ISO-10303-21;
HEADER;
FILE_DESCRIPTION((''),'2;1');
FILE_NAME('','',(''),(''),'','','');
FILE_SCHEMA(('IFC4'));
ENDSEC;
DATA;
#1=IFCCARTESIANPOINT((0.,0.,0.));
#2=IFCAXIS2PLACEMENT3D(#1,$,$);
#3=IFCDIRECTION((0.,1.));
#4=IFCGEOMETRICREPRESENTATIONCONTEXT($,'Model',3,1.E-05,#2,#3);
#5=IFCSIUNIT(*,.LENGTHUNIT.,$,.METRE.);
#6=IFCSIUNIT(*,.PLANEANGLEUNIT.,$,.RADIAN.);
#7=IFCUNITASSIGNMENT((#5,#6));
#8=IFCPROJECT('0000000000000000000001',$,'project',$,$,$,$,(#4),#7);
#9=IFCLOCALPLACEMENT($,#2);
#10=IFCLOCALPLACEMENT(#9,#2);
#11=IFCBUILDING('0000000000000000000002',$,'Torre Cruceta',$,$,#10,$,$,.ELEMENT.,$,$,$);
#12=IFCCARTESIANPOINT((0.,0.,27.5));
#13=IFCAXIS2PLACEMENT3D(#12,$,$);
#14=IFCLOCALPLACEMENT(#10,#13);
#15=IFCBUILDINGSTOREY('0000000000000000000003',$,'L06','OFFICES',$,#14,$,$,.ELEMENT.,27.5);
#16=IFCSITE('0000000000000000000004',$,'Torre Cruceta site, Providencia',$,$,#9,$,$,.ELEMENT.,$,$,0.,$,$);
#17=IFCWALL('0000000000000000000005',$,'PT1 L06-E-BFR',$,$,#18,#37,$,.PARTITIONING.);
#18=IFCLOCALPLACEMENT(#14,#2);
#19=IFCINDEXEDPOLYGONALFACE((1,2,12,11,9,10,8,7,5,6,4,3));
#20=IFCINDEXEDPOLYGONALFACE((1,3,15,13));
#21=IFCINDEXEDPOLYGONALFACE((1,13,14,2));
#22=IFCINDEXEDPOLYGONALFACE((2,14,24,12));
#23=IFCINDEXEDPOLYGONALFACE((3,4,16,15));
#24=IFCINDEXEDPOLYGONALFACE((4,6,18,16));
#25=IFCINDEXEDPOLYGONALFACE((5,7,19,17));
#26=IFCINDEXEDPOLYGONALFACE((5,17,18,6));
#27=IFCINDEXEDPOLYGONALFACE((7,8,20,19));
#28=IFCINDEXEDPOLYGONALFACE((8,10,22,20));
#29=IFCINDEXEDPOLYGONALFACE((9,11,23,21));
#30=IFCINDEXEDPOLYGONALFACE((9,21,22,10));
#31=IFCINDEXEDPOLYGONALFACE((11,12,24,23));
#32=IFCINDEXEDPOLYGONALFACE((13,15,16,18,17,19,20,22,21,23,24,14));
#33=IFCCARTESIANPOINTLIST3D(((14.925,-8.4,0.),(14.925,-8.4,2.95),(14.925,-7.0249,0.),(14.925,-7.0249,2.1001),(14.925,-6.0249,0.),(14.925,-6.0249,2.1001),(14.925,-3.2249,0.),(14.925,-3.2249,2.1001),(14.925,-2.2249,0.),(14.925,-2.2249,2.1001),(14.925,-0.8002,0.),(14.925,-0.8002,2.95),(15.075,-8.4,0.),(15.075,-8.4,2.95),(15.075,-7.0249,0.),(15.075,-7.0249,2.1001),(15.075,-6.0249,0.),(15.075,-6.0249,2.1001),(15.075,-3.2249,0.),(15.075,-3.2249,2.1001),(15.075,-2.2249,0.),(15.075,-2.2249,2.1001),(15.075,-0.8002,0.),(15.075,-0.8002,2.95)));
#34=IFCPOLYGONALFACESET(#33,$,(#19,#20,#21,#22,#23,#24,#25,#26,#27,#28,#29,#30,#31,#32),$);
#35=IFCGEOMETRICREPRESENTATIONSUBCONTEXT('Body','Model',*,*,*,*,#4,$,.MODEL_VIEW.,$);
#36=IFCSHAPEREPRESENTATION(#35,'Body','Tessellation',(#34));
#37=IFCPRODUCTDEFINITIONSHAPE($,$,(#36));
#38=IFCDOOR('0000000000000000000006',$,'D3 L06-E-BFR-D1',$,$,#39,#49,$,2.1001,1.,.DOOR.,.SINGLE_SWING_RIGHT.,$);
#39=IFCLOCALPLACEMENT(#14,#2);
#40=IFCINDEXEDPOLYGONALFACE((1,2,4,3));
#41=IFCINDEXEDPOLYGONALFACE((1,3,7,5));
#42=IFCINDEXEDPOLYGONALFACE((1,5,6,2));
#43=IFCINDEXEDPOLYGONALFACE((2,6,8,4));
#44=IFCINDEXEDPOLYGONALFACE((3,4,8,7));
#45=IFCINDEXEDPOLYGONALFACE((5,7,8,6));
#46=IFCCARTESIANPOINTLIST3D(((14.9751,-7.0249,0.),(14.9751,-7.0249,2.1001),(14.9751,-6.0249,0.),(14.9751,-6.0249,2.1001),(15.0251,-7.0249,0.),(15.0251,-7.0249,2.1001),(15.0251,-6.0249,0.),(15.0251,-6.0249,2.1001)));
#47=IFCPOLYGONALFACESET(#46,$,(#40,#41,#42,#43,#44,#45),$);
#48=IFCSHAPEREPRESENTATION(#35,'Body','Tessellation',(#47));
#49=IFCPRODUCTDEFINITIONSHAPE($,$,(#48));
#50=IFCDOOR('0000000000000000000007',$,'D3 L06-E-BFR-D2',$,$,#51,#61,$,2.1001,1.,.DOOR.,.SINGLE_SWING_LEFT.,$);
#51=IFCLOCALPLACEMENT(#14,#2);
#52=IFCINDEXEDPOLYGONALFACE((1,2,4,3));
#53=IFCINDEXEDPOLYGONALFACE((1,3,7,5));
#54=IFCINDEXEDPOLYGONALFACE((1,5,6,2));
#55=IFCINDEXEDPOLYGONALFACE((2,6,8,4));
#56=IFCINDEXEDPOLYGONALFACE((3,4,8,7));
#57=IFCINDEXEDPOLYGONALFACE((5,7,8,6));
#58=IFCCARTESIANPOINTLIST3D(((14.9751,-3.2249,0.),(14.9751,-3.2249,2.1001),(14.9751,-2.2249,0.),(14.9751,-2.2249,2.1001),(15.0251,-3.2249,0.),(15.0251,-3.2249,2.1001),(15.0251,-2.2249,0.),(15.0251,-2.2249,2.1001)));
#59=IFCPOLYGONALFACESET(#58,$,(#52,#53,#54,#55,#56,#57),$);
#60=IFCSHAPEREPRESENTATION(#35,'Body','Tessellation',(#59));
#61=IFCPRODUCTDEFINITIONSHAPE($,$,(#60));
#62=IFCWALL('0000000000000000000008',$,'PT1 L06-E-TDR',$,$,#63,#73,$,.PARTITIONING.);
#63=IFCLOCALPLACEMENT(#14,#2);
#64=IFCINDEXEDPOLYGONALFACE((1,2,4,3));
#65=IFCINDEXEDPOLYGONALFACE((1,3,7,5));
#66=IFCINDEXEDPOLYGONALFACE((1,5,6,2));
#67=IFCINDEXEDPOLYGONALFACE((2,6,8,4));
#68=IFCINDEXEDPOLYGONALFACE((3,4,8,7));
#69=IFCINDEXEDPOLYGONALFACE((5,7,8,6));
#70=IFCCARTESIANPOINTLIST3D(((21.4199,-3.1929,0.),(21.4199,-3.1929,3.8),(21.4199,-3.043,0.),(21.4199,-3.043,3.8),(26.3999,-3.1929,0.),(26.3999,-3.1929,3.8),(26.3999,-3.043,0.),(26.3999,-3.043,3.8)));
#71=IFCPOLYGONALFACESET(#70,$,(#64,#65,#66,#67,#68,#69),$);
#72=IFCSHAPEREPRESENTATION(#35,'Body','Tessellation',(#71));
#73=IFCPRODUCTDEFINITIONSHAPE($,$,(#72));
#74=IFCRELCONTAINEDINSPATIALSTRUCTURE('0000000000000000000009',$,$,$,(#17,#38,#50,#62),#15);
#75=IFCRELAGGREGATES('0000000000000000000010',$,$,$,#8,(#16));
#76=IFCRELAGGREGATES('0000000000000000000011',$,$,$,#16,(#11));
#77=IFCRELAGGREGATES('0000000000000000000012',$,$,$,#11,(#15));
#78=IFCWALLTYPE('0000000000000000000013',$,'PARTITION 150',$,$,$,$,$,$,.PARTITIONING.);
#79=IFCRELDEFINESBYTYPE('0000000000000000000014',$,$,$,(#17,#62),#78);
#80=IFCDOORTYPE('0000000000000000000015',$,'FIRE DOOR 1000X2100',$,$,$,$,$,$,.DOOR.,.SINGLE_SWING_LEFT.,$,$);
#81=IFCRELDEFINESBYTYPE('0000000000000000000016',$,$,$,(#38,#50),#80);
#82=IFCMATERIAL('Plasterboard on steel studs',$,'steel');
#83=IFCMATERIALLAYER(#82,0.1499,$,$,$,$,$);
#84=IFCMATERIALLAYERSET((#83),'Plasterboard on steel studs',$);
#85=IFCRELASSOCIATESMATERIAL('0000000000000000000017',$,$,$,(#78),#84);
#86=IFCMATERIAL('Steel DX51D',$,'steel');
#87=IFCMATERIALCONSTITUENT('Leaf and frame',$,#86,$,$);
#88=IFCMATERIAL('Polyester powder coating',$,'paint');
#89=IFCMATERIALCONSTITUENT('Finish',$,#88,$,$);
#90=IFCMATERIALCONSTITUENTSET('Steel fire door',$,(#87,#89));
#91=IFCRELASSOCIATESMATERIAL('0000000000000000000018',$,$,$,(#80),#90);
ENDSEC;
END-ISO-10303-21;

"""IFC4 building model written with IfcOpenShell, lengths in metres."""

from ifc_helpers import new_model, si_unit, direction, frame, frame_2d, origin, place, context, subcontext, project, spatial, rectangle, extrude, material, layer, layer_set, constituent, constituent_set, type_object, element, fill, save


model = new_model("IFC4")

# Units and contexts
model_context = context("Model", 3, precision=1e-05, world=origin(), true_north=direction((0.0, 1.0)))
body_context = subcontext(model_context, "Body", "Model", "MODEL_VIEW")
ifc_project = project(units=[si_unit("LENGTHUNIT", "METRE"), si_unit("PLANEANGLEUNIT", "RADIAN")], contexts=[model_context])

# Site, building, storey
site_placement = place(None, origin())
site = spatial("IfcSite", under=ifc_project, at=site_placement, Name="Torre Cruceta site, Providencia", CompositionType="ELEMENT", RefElevation=0.0)
building_placement = place(site_placement, origin())
building = spatial("IfcBuilding", under=site, at=building_placement, Name="Torre Cruceta", CompositionType="ELEMENT")
storey_placement = place(building_placement, frame((0.0, 0.0, 27.5)))
storey = spatial("IfcBuildingStorey", under=building, at=storey_placement, Name="L06", Description="OFFICES", CompositionType="ELEMENT", Elevation=27.5)

# Wall, openings, doors
ifc_material_1 = material(Name="Plasterboard on steel studs", Category="steel")
ifc_layer_1 = layer(ifc_material_1, 0.1499)
ifc_layer_set_1 = layer_set([ifc_layer_1], Name="Plasterboard on steel studs")
wall_type_1 = type_object("IfcWallType", Name="PARTITION 150", PredefinedType="PARTITIONING", material=ifc_layer_set_1)
wall_1_placement = place(storey_placement, frame((15.0, -8.3999, 0.0), z_axis=(0.0, 0.0, 1.0), x_axis=(0.0, 1.0, 0.0)))
wall_1 = element("IfcWall", 1, at=wall_1_placement, inside=storey, type_object=wall_type_1, Name="PT1 L06-E-BFR", PredefinedType="PARTITIONING", context=body_context, shape_type="SweptSolid", body=[
    extrude(rectangle(XDim=7.5999, YDim=0.1499, at=frame_2d((3.7998, 0.0))), origin(), (0.0, 0.0, 1.0), 2.95),
])
opening_1_placement = place(wall_1_placement, frame((1.375, 0.0, 0.0)))
opening_1 = element("IfcOpeningElement", 2, at=opening_1_placement, cuts=wall_1, PredefinedType="OPENING", context=body_context, shape_type="SweptSolid", body=[
    extrude(rectangle(XDim=1.0, YDim=2.1001, at=frame_2d((0.5, 1.05))), frame((0.0, 0.085, 0.0), z_axis=(0.0, -1.0, 0.0), x_axis=(1.0, 0.0, 0.0)), (0.0, 0.0, 1.0), 0.1699),
])
opening_2_placement = place(wall_1_placement, frame((5.175, 0.0, 0.0)))
opening_2 = element("IfcOpeningElement", 3, at=opening_2_placement, cuts=wall_1, PredefinedType="OPENING", context=body_context, shape_type="SweptSolid", body=[
    extrude(rectangle(XDim=1.0, YDim=2.1001, at=frame_2d((0.5, 1.05))), frame((0.0, 0.085, 0.0), z_axis=(0.0, -1.0, 0.0), x_axis=(1.0, 0.0, 0.0)), (0.0, 0.0, 1.0), 0.1699),
])
ifc_material_2 = material(Name="Steel DX51D", Category="steel")
ifc_constituent_1 = constituent(ifc_material_2, Name="Leaf and frame")
ifc_material_3 = material(Name="Polyester powder coating", Category="paint")
ifc_constituent_2 = constituent(ifc_material_3, Name="Finish")
ifc_constituent_set_1 = constituent_set(constituents=[ifc_constituent_1, ifc_constituent_2], Name="Steel fire door")
door_type = type_object("IfcDoorType", Name="FIRE DOOR 1000X2100", OperationType="SINGLE_SWING_LEFT", PredefinedType="DOOR", material=ifc_constituent_set_1)
door_1_placement = place(opening_1_placement, origin())
door_1 = element("IfcDoor", 4, at=door_1_placement, inside=storey, type_object=door_type, Name="D3 L06-E-BFR-D1", OperationType="SINGLE_SWING_RIGHT", OverallHeight=2.1001, OverallWidth=1.0, PredefinedType="DOOR", context=body_context, shape_type="SweptSolid", body=[
    extrude(rectangle(XDim=1.0, YDim=2.1001, at=frame_2d((0.5, 1.05))), frame((0.0, 0.0249, 0.0), z_axis=(0.0, -1.0, 0.0), x_axis=(1.0, 0.0, 0.0)), (0.0, 0.0, 1.0), 0.05),
])
fill(opening_1, door_1)
door_2_placement = place(opening_2_placement, origin())
door_2 = element("IfcDoor", 5, at=door_2_placement, inside=storey, type_object=door_type, Name="D3 L06-E-BFR-D2", OperationType="SINGLE_SWING_LEFT", OverallHeight=2.1001, OverallWidth=1.0, PredefinedType="DOOR", context=body_context, shape_type="SweptSolid", body=[
    extrude(rectangle(XDim=1.0, YDim=2.1001, at=frame_2d((0.5, 1.05))), frame((0.0, 0.0249, 0.0), z_axis=(0.0, -1.0, 0.0), x_axis=(1.0, 0.0, 0.0)), (0.0, 0.0, 1.0), 0.05),
])
fill(opening_2, door_2)

# Wall
wall_2_placement = place(storey_placement, frame((21.4199, -3.1179, 0.0), z_axis=(0.0, 0.0, 1.0), x_axis=(1.0, 0.0, 0.0)))
element("IfcWall", 6, at=wall_2_placement, inside=storey, type_object=wall_type_1, Name="PT1 L06-E-TDR", PredefinedType="PARTITIONING", context=body_context, shape_type="SweptSolid", body=[
    extrude(rectangle(XDim=4.98, YDim=0.1499, at=frame_2d((2.49, 0.0))), origin(), (0.0, 0.0, 1.0), 3.8),
])

save(model, "model.ifc")
